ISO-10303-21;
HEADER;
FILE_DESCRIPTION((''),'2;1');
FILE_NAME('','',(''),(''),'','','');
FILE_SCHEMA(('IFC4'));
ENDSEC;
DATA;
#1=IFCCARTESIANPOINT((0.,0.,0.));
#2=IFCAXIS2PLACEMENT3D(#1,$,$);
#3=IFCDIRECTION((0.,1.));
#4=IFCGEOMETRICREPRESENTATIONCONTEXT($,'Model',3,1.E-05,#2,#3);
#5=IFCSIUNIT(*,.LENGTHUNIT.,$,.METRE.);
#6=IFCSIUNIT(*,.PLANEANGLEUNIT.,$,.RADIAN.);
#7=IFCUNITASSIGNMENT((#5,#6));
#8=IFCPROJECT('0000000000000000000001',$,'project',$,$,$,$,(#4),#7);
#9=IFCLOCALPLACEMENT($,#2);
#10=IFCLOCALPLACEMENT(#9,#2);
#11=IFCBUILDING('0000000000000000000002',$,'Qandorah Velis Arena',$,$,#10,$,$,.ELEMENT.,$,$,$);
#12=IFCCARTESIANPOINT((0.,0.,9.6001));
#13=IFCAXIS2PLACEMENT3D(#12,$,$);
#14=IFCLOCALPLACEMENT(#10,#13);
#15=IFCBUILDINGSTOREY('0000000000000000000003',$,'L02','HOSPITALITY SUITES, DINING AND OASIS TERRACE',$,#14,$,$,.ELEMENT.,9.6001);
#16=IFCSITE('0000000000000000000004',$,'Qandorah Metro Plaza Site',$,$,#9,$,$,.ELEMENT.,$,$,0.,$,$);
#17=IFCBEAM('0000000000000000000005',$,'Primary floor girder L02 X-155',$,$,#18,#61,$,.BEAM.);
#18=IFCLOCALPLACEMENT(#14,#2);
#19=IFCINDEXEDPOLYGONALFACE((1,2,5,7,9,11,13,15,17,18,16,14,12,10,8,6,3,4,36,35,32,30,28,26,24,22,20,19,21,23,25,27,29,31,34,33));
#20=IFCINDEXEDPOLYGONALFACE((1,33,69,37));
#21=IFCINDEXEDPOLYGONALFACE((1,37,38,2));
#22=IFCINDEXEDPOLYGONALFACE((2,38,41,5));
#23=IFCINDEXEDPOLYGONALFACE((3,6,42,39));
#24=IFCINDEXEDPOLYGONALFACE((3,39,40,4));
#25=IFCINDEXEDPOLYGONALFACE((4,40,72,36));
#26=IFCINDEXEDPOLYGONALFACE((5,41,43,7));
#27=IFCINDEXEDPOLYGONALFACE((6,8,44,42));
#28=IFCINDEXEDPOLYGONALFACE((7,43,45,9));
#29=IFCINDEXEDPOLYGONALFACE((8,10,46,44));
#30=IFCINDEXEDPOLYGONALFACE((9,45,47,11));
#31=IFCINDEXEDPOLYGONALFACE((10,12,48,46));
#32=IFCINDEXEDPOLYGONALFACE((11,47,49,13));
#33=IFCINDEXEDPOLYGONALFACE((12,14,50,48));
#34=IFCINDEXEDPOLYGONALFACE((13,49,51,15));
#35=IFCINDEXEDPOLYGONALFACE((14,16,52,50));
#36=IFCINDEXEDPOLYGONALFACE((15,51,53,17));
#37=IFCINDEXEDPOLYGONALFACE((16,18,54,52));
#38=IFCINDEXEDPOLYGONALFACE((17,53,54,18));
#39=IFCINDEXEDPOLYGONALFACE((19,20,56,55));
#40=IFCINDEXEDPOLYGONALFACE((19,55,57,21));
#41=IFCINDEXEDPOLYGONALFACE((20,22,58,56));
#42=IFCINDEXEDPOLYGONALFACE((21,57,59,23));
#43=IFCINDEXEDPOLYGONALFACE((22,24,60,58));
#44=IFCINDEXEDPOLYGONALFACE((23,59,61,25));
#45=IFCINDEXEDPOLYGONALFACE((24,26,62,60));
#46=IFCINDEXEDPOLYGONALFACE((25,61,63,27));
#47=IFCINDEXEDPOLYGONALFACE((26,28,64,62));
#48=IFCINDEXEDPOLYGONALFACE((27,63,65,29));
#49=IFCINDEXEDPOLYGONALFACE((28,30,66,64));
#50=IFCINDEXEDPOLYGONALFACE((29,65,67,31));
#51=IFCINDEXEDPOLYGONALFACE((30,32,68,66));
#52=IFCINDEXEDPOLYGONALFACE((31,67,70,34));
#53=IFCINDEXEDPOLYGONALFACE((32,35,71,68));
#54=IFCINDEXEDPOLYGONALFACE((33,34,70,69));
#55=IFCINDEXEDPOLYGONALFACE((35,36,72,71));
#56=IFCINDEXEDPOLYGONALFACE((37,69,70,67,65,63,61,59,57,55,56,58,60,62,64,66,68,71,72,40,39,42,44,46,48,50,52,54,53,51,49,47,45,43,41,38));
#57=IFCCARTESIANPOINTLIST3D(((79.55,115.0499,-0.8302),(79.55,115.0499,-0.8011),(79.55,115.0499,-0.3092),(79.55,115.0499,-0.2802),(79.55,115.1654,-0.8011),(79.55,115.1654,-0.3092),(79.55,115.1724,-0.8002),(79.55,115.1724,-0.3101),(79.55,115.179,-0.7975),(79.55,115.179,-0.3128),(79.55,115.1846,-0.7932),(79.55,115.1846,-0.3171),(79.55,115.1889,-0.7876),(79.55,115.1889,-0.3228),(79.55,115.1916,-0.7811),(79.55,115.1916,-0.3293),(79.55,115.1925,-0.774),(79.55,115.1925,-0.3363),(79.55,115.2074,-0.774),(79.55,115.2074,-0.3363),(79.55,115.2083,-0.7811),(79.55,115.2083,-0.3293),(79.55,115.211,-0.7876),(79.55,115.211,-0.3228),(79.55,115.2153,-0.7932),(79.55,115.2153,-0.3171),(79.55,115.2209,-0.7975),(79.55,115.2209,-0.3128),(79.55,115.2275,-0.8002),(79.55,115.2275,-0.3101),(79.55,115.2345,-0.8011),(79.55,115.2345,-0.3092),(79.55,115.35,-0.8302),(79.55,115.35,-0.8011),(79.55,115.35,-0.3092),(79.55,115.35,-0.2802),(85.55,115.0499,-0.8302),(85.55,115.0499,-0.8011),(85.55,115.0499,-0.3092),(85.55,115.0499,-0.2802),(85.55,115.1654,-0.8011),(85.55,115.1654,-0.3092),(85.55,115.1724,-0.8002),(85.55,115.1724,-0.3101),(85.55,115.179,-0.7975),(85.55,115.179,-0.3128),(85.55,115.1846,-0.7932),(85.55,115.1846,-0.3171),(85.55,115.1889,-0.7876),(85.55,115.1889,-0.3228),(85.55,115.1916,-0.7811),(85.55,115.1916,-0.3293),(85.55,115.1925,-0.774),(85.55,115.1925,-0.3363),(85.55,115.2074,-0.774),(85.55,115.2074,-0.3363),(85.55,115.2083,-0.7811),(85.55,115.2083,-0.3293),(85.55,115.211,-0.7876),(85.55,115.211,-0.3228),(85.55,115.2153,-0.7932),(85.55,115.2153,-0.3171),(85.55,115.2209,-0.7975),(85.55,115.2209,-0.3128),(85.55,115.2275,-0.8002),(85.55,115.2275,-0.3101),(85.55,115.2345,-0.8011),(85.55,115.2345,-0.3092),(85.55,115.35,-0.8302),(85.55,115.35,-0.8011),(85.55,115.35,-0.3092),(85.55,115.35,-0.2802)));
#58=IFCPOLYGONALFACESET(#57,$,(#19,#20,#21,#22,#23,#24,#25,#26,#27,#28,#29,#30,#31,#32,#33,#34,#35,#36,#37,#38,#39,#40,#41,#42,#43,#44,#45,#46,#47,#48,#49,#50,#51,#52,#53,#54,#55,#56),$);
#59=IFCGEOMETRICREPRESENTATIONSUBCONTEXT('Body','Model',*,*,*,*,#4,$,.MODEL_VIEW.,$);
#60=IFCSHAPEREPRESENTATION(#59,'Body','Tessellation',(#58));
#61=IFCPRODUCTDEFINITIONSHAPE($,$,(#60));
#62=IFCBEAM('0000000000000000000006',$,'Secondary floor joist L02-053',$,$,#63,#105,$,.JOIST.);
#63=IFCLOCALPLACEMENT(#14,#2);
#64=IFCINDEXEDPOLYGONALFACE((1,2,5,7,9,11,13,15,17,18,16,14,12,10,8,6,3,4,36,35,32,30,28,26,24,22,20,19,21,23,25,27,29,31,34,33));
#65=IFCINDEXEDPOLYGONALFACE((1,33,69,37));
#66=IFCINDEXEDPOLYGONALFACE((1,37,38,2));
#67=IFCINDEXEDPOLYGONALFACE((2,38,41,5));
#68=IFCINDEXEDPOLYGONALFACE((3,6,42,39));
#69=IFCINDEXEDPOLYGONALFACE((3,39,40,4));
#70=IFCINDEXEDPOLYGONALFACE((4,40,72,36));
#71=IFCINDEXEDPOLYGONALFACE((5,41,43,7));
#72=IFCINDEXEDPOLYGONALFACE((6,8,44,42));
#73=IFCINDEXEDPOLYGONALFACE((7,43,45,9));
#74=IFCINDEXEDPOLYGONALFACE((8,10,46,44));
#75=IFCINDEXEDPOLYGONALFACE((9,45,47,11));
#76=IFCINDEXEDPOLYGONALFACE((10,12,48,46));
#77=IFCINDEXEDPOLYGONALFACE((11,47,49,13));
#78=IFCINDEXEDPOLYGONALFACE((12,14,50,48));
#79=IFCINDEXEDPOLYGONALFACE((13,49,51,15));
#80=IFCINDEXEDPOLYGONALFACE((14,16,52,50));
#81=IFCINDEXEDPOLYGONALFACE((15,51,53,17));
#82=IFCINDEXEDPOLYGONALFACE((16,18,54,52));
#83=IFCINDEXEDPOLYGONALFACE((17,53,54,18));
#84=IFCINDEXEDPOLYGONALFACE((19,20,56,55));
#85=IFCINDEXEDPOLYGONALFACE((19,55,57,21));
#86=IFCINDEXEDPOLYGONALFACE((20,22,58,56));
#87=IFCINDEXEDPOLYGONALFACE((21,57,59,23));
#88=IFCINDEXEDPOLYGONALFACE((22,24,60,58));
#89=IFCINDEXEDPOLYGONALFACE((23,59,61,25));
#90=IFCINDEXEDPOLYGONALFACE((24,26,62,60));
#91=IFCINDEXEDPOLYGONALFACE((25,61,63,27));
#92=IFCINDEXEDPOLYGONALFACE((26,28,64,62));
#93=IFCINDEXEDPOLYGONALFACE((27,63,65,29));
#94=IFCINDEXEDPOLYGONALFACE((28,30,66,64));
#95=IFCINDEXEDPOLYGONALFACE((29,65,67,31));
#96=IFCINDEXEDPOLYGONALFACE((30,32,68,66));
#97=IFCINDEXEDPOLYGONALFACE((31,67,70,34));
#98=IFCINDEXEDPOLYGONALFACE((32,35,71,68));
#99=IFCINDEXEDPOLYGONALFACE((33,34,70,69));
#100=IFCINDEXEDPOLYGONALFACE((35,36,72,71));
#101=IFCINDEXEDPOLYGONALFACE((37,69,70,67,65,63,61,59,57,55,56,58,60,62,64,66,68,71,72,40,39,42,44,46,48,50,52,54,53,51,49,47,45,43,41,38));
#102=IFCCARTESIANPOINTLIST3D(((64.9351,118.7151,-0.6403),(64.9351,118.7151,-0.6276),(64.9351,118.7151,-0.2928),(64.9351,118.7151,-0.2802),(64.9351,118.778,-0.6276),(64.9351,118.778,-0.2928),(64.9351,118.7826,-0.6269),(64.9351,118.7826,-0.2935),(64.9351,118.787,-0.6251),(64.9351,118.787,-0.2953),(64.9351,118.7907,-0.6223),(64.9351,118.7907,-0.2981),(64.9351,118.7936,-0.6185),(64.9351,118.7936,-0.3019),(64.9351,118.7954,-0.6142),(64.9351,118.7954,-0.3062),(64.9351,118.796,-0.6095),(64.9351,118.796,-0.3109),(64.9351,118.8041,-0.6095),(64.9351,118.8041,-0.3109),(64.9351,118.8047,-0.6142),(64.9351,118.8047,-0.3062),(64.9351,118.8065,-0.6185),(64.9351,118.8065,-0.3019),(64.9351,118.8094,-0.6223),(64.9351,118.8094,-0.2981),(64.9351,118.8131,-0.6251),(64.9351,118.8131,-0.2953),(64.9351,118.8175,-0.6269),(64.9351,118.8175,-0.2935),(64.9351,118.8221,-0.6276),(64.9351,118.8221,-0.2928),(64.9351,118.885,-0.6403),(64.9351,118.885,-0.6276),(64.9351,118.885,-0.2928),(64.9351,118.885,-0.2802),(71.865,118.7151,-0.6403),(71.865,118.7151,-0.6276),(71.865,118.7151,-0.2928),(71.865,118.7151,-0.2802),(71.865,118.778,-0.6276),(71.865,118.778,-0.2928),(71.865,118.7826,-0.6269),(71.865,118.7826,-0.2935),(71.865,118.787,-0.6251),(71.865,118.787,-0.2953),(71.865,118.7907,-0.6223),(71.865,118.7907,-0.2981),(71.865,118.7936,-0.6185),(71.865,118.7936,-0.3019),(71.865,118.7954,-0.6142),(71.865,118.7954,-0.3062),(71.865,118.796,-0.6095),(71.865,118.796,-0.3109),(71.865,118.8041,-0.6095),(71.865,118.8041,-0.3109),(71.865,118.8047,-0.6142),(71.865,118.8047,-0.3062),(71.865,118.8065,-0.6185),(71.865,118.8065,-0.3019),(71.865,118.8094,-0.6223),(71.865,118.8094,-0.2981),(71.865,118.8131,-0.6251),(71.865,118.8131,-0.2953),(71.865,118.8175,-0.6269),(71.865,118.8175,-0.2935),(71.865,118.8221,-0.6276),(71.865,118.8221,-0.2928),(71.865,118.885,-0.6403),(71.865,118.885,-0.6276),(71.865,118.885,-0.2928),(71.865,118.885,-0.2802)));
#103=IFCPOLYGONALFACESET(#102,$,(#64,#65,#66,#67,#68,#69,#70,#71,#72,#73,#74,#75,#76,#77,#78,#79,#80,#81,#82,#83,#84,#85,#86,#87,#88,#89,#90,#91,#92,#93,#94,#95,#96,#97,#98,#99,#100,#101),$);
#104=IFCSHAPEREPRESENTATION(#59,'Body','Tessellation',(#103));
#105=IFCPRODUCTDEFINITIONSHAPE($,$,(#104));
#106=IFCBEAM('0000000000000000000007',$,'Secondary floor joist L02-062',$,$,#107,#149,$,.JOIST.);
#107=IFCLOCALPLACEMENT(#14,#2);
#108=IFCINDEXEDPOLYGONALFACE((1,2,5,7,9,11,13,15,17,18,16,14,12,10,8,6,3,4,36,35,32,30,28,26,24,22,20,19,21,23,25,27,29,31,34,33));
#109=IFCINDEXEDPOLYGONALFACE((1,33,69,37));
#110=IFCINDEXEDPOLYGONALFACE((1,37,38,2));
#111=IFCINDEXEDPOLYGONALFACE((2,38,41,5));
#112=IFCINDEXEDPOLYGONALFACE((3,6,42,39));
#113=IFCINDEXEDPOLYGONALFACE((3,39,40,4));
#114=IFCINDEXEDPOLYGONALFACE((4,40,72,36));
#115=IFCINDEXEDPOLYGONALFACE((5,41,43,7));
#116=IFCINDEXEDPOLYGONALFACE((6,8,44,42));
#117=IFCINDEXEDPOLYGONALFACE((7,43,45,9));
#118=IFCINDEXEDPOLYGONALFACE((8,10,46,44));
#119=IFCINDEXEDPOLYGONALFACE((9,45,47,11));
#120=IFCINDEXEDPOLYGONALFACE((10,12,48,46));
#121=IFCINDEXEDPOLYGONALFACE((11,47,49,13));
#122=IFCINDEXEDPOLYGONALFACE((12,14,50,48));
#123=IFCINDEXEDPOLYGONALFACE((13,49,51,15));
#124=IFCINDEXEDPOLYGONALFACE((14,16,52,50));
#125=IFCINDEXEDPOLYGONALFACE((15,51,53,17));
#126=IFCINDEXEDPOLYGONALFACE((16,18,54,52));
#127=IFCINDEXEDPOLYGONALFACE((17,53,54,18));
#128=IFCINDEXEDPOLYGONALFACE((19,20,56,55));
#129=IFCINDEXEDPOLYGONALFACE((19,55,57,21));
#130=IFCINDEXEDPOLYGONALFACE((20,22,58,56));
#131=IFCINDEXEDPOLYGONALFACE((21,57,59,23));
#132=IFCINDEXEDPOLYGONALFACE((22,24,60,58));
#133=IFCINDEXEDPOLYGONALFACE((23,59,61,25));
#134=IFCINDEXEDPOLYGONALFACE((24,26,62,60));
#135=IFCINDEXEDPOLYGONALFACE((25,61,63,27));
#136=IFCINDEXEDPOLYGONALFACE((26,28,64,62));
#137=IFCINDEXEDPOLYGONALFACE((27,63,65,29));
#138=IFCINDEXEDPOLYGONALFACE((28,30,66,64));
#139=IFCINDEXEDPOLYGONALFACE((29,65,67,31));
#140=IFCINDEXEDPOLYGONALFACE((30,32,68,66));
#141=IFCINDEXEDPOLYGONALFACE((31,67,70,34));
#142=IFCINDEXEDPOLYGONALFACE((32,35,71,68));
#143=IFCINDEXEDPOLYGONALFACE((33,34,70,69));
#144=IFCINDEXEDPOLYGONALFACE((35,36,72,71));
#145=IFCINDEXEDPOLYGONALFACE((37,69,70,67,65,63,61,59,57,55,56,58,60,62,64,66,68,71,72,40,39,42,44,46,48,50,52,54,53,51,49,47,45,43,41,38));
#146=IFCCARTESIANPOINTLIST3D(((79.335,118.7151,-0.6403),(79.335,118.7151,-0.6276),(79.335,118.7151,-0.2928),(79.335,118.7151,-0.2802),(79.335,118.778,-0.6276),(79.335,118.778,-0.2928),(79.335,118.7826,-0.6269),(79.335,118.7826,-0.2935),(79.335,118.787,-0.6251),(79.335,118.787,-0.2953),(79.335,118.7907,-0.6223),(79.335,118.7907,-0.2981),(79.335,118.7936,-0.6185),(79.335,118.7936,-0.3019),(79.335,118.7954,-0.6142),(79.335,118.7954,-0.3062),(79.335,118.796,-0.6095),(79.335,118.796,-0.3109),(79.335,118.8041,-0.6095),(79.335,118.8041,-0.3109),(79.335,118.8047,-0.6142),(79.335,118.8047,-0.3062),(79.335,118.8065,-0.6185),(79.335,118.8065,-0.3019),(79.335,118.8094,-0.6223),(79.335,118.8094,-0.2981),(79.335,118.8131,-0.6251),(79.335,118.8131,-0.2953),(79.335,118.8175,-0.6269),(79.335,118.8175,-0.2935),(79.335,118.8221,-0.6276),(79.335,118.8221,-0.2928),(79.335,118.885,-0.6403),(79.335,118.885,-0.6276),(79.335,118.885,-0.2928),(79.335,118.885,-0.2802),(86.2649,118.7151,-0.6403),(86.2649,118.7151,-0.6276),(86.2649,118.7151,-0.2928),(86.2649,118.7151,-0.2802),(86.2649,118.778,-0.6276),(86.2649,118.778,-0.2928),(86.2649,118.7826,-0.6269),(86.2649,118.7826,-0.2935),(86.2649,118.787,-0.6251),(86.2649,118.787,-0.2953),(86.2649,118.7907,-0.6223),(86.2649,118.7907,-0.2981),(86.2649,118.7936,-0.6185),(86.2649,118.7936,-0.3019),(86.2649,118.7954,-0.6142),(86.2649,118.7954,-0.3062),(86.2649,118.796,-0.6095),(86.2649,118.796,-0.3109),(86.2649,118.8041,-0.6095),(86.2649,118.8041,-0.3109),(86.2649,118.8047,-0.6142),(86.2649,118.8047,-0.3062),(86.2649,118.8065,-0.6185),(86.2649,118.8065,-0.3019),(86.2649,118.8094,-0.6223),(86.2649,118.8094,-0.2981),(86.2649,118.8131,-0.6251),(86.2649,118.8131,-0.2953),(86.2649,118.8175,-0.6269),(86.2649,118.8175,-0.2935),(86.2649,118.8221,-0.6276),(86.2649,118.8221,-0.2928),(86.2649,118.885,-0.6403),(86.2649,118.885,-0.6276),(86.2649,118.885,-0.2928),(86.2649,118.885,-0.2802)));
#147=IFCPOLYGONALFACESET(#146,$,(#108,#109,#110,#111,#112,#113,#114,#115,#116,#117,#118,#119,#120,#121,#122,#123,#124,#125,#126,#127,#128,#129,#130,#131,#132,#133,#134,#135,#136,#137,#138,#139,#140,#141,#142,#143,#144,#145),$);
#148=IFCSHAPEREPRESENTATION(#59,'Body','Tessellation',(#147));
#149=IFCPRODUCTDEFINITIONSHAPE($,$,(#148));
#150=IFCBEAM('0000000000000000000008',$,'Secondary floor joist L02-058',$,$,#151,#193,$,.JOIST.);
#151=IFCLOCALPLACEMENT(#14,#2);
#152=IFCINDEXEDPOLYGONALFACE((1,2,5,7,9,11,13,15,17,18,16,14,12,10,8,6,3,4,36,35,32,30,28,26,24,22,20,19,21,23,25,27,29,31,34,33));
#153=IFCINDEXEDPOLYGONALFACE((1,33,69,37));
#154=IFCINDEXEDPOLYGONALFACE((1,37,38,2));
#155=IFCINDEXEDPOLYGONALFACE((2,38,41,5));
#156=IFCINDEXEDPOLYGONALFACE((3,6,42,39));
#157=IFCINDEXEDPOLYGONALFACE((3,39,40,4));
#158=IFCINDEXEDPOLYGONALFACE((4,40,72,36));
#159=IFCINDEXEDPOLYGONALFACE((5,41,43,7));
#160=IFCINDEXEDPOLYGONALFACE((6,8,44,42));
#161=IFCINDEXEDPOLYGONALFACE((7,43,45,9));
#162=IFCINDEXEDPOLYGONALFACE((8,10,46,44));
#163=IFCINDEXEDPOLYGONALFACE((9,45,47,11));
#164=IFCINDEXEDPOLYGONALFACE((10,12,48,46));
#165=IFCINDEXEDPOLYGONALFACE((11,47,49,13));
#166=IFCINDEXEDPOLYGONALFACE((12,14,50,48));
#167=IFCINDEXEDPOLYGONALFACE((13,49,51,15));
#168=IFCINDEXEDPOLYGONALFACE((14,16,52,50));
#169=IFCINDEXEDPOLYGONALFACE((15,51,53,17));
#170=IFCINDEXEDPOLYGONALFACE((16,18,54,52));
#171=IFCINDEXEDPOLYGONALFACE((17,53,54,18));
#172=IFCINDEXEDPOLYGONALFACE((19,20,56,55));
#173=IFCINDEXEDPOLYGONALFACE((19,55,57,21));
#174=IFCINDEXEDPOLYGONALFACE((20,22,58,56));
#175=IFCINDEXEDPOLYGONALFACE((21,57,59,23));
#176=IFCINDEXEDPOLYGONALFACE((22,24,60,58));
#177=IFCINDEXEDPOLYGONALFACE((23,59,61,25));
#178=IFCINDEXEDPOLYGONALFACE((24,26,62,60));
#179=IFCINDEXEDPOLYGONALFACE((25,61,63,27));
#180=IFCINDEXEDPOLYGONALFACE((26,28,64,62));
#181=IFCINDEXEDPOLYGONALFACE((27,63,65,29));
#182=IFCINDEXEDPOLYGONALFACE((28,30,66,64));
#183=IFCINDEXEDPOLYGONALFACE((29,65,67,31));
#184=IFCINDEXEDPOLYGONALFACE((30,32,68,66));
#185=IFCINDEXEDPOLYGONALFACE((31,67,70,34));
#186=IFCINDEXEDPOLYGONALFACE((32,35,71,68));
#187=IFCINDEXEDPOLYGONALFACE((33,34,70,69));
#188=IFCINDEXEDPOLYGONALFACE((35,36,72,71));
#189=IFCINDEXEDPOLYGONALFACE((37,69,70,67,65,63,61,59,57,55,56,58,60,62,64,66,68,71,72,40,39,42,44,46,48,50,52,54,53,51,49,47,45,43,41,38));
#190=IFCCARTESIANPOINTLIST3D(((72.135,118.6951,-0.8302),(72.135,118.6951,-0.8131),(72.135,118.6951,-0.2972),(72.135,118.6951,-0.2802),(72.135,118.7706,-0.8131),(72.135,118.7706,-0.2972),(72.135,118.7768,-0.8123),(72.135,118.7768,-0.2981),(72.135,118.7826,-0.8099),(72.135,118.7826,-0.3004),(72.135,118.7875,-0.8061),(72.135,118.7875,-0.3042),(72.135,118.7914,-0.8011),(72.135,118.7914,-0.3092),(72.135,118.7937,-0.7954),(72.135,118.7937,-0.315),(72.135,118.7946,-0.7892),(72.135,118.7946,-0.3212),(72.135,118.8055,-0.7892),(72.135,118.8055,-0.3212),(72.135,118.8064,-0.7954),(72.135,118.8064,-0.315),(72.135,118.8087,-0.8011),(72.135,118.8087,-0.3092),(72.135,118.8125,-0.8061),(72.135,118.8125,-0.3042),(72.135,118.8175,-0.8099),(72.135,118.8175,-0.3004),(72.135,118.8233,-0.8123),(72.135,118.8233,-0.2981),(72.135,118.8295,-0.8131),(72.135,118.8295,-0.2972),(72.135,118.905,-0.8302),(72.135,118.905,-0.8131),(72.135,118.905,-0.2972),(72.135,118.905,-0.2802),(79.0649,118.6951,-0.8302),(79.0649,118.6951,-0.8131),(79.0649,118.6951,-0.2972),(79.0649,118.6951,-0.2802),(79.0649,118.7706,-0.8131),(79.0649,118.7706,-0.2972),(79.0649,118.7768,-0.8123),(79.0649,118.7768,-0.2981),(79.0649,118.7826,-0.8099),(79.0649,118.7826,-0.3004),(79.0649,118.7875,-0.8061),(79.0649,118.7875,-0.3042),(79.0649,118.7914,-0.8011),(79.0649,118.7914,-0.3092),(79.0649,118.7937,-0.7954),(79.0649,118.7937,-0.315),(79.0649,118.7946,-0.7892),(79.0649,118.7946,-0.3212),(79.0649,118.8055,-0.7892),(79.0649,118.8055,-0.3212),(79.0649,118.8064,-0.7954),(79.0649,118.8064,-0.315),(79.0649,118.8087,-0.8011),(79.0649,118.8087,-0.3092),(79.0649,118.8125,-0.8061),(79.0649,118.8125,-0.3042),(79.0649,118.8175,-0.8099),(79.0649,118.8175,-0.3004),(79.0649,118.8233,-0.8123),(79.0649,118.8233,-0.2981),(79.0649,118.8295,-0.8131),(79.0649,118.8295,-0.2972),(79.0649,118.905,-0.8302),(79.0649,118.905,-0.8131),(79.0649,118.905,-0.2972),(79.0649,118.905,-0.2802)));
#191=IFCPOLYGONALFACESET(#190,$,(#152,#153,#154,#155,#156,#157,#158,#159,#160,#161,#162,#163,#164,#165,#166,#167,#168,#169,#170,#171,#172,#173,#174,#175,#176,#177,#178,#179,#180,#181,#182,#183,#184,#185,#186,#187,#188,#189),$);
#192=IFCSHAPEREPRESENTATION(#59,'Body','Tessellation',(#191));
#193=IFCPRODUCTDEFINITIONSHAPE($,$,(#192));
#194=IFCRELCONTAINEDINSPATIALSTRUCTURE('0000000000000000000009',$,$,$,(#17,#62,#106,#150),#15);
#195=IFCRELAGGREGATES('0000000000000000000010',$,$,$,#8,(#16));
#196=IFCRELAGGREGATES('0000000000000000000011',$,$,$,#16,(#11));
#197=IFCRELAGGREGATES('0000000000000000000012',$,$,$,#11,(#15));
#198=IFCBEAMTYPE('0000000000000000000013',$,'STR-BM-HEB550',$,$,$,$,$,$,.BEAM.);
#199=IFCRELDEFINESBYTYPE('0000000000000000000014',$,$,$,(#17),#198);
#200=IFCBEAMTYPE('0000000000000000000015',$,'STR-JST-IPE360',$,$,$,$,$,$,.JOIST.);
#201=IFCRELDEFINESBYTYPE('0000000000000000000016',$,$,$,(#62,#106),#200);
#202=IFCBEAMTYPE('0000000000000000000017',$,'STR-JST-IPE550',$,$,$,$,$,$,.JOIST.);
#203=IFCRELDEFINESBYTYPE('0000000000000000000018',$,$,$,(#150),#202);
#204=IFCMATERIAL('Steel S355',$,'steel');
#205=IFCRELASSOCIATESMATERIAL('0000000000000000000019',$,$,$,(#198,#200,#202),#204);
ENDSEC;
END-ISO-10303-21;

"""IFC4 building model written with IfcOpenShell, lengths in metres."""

from ifc_helpers import new_model, si_unit, direction, frame, origin, origin_2d, place, context, subcontext, project, spatial, i_section, extrude, material, material_profile, profile_set, type_object, element, save


model = new_model("IFC4")

# Units and contexts
model_context = context("Model", 3, precision=1e-05, world=origin(), true_north=direction((0.0, 1.0)))
body_context = subcontext(model_context, "Body", "Model", "MODEL_VIEW")
ifc_project = project(units=[si_unit("LENGTHUNIT", "METRE"), si_unit("PLANEANGLEUNIT", "RADIAN")], contexts=[model_context])

# Site, building, storey
site_placement = place(None, origin())
site = spatial("IfcSite", under=ifc_project, at=site_placement, Name="Qandorah Metro Plaza Site", CompositionType="ELEMENT", RefElevation=0.0)
building_placement = place(site_placement, origin())
building = spatial("IfcBuilding", under=site, at=building_placement, Name="Qandorah Velis Arena", CompositionType="ELEMENT")
storey_placement = place(building_placement, frame((0.0, 0.0, 9.6001)))
storey = spatial("IfcBuildingStorey", under=building, at=storey_placement, Name="L02", Description="HOSPITALITY SUITES, DINING AND OASIS TERRACE", CompositionType="ELEMENT", Elevation=9.6001)

# Beams
ifc_material_1 = material(Name="Steel S355", Category="steel")
ifc_material_profile_1 = material_profile(ifc_material_1, i_section(OverallWidth=0.3, OverallDepth=0.55, WebThickness=0.0149, FlangeThickness=0.0291, FilletRadius=0.0271, at=origin_2d()), Name="HEB 550")
ifc_profile_set_1 = profile_set([ifc_material_profile_1], Name="Steel S355")
beam_type_1 = type_object("IfcBeamType", Name="STR-BM-HEB550", PredefinedType="BEAM", material=ifc_profile_set_1)
beam_1_placement = place(storey_placement, frame((79.55, 115.2, -0.5552), z_axis=(1.0, 0.0, 0.0), x_axis=(0.0, 1.0, 0.0)))
element("IfcBeam", 1, at=beam_1_placement, inside=storey, type_object=beam_type_1, Name="Primary floor girder L02 X-155", PredefinedType="BEAM", context=body_context, shape_type="SweptSolid", body=[
    extrude(i_section(OverallWidth=0.3, OverallDepth=0.55, WebThickness=0.0149, FlangeThickness=0.0291, FilletRadius=0.0271, at=origin_2d()), origin(), (0.0, 0.0, 1.0), 6.0),
])
ifc_material_profile_2 = material_profile(ifc_material_1, i_section(OverallWidth=0.1699, OverallDepth=0.3601, WebThickness=0.0081, FlangeThickness=0.0127, FilletRadius=0.0181, at=origin_2d()), Name="IPE 360")
ifc_profile_set_2 = profile_set([ifc_material_profile_2], Name="Steel S355")
beam_type_2 = type_object("IfcBeamType", Name="STR-JST-IPE360", PredefinedType="JOIST", material=ifc_profile_set_2)
for number, where, z_axis, x_axis, name in (
    (2, (64.9351, 118.8, -0.4602), (1.0, 0.0, 0.0), (0.0, 1.0, 0.0), "Secondary floor joist L02-053"),
    (3, (79.335, 118.8, -0.4602), (1.0, 0.0, 0.0), (0.0, 1.0, 0.0), "Secondary floor joist L02-062"),
):
    element("IfcBeam", number, at=place(storey_placement, frame(where, z_axis=z_axis, x_axis=x_axis)), inside=storey, type_object=beam_type_2, Name=name, PredefinedType="JOIST", context=body_context, shape_type="SweptSolid", body=[
        extrude(i_section(OverallWidth=0.1699, OverallDepth=0.3601, WebThickness=0.0081, FlangeThickness=0.0127, FilletRadius=0.0181, at=origin_2d()), origin(), (0.0, 0.0, 1.0), 6.9299),
    ])
ifc_material_profile_3 = material_profile(ifc_material_1, i_section(OverallWidth=0.21, OverallDepth=0.55, WebThickness=0.011, FlangeThickness=0.0171, FilletRadius=0.0239, at=origin_2d()), Name="IPE 550")
ifc_profile_set_3 = profile_set([ifc_material_profile_3], Name="Steel S355")
beam_type_3 = type_object("IfcBeamType", Name="STR-JST-IPE550", PredefinedType="JOIST", material=ifc_profile_set_3)
beam_2_placement = place(storey_placement, frame((72.135, 118.8, -0.5552), z_axis=(1.0, 0.0, 0.0), x_axis=(0.0, 1.0, 0.0)))
element("IfcBeam", 4, at=beam_2_placement, inside=storey, type_object=beam_type_3, Name="Secondary floor joist L02-058", PredefinedType="JOIST", context=body_context, shape_type="SweptSolid", body=[
    extrude(i_section(OverallWidth=0.21, OverallDepth=0.55, WebThickness=0.011, FlangeThickness=0.0171, FilletRadius=0.0239, at=origin_2d()), origin(), (0.0, 0.0, 1.0), 6.9299),
])

save(model, "model.ifc")
